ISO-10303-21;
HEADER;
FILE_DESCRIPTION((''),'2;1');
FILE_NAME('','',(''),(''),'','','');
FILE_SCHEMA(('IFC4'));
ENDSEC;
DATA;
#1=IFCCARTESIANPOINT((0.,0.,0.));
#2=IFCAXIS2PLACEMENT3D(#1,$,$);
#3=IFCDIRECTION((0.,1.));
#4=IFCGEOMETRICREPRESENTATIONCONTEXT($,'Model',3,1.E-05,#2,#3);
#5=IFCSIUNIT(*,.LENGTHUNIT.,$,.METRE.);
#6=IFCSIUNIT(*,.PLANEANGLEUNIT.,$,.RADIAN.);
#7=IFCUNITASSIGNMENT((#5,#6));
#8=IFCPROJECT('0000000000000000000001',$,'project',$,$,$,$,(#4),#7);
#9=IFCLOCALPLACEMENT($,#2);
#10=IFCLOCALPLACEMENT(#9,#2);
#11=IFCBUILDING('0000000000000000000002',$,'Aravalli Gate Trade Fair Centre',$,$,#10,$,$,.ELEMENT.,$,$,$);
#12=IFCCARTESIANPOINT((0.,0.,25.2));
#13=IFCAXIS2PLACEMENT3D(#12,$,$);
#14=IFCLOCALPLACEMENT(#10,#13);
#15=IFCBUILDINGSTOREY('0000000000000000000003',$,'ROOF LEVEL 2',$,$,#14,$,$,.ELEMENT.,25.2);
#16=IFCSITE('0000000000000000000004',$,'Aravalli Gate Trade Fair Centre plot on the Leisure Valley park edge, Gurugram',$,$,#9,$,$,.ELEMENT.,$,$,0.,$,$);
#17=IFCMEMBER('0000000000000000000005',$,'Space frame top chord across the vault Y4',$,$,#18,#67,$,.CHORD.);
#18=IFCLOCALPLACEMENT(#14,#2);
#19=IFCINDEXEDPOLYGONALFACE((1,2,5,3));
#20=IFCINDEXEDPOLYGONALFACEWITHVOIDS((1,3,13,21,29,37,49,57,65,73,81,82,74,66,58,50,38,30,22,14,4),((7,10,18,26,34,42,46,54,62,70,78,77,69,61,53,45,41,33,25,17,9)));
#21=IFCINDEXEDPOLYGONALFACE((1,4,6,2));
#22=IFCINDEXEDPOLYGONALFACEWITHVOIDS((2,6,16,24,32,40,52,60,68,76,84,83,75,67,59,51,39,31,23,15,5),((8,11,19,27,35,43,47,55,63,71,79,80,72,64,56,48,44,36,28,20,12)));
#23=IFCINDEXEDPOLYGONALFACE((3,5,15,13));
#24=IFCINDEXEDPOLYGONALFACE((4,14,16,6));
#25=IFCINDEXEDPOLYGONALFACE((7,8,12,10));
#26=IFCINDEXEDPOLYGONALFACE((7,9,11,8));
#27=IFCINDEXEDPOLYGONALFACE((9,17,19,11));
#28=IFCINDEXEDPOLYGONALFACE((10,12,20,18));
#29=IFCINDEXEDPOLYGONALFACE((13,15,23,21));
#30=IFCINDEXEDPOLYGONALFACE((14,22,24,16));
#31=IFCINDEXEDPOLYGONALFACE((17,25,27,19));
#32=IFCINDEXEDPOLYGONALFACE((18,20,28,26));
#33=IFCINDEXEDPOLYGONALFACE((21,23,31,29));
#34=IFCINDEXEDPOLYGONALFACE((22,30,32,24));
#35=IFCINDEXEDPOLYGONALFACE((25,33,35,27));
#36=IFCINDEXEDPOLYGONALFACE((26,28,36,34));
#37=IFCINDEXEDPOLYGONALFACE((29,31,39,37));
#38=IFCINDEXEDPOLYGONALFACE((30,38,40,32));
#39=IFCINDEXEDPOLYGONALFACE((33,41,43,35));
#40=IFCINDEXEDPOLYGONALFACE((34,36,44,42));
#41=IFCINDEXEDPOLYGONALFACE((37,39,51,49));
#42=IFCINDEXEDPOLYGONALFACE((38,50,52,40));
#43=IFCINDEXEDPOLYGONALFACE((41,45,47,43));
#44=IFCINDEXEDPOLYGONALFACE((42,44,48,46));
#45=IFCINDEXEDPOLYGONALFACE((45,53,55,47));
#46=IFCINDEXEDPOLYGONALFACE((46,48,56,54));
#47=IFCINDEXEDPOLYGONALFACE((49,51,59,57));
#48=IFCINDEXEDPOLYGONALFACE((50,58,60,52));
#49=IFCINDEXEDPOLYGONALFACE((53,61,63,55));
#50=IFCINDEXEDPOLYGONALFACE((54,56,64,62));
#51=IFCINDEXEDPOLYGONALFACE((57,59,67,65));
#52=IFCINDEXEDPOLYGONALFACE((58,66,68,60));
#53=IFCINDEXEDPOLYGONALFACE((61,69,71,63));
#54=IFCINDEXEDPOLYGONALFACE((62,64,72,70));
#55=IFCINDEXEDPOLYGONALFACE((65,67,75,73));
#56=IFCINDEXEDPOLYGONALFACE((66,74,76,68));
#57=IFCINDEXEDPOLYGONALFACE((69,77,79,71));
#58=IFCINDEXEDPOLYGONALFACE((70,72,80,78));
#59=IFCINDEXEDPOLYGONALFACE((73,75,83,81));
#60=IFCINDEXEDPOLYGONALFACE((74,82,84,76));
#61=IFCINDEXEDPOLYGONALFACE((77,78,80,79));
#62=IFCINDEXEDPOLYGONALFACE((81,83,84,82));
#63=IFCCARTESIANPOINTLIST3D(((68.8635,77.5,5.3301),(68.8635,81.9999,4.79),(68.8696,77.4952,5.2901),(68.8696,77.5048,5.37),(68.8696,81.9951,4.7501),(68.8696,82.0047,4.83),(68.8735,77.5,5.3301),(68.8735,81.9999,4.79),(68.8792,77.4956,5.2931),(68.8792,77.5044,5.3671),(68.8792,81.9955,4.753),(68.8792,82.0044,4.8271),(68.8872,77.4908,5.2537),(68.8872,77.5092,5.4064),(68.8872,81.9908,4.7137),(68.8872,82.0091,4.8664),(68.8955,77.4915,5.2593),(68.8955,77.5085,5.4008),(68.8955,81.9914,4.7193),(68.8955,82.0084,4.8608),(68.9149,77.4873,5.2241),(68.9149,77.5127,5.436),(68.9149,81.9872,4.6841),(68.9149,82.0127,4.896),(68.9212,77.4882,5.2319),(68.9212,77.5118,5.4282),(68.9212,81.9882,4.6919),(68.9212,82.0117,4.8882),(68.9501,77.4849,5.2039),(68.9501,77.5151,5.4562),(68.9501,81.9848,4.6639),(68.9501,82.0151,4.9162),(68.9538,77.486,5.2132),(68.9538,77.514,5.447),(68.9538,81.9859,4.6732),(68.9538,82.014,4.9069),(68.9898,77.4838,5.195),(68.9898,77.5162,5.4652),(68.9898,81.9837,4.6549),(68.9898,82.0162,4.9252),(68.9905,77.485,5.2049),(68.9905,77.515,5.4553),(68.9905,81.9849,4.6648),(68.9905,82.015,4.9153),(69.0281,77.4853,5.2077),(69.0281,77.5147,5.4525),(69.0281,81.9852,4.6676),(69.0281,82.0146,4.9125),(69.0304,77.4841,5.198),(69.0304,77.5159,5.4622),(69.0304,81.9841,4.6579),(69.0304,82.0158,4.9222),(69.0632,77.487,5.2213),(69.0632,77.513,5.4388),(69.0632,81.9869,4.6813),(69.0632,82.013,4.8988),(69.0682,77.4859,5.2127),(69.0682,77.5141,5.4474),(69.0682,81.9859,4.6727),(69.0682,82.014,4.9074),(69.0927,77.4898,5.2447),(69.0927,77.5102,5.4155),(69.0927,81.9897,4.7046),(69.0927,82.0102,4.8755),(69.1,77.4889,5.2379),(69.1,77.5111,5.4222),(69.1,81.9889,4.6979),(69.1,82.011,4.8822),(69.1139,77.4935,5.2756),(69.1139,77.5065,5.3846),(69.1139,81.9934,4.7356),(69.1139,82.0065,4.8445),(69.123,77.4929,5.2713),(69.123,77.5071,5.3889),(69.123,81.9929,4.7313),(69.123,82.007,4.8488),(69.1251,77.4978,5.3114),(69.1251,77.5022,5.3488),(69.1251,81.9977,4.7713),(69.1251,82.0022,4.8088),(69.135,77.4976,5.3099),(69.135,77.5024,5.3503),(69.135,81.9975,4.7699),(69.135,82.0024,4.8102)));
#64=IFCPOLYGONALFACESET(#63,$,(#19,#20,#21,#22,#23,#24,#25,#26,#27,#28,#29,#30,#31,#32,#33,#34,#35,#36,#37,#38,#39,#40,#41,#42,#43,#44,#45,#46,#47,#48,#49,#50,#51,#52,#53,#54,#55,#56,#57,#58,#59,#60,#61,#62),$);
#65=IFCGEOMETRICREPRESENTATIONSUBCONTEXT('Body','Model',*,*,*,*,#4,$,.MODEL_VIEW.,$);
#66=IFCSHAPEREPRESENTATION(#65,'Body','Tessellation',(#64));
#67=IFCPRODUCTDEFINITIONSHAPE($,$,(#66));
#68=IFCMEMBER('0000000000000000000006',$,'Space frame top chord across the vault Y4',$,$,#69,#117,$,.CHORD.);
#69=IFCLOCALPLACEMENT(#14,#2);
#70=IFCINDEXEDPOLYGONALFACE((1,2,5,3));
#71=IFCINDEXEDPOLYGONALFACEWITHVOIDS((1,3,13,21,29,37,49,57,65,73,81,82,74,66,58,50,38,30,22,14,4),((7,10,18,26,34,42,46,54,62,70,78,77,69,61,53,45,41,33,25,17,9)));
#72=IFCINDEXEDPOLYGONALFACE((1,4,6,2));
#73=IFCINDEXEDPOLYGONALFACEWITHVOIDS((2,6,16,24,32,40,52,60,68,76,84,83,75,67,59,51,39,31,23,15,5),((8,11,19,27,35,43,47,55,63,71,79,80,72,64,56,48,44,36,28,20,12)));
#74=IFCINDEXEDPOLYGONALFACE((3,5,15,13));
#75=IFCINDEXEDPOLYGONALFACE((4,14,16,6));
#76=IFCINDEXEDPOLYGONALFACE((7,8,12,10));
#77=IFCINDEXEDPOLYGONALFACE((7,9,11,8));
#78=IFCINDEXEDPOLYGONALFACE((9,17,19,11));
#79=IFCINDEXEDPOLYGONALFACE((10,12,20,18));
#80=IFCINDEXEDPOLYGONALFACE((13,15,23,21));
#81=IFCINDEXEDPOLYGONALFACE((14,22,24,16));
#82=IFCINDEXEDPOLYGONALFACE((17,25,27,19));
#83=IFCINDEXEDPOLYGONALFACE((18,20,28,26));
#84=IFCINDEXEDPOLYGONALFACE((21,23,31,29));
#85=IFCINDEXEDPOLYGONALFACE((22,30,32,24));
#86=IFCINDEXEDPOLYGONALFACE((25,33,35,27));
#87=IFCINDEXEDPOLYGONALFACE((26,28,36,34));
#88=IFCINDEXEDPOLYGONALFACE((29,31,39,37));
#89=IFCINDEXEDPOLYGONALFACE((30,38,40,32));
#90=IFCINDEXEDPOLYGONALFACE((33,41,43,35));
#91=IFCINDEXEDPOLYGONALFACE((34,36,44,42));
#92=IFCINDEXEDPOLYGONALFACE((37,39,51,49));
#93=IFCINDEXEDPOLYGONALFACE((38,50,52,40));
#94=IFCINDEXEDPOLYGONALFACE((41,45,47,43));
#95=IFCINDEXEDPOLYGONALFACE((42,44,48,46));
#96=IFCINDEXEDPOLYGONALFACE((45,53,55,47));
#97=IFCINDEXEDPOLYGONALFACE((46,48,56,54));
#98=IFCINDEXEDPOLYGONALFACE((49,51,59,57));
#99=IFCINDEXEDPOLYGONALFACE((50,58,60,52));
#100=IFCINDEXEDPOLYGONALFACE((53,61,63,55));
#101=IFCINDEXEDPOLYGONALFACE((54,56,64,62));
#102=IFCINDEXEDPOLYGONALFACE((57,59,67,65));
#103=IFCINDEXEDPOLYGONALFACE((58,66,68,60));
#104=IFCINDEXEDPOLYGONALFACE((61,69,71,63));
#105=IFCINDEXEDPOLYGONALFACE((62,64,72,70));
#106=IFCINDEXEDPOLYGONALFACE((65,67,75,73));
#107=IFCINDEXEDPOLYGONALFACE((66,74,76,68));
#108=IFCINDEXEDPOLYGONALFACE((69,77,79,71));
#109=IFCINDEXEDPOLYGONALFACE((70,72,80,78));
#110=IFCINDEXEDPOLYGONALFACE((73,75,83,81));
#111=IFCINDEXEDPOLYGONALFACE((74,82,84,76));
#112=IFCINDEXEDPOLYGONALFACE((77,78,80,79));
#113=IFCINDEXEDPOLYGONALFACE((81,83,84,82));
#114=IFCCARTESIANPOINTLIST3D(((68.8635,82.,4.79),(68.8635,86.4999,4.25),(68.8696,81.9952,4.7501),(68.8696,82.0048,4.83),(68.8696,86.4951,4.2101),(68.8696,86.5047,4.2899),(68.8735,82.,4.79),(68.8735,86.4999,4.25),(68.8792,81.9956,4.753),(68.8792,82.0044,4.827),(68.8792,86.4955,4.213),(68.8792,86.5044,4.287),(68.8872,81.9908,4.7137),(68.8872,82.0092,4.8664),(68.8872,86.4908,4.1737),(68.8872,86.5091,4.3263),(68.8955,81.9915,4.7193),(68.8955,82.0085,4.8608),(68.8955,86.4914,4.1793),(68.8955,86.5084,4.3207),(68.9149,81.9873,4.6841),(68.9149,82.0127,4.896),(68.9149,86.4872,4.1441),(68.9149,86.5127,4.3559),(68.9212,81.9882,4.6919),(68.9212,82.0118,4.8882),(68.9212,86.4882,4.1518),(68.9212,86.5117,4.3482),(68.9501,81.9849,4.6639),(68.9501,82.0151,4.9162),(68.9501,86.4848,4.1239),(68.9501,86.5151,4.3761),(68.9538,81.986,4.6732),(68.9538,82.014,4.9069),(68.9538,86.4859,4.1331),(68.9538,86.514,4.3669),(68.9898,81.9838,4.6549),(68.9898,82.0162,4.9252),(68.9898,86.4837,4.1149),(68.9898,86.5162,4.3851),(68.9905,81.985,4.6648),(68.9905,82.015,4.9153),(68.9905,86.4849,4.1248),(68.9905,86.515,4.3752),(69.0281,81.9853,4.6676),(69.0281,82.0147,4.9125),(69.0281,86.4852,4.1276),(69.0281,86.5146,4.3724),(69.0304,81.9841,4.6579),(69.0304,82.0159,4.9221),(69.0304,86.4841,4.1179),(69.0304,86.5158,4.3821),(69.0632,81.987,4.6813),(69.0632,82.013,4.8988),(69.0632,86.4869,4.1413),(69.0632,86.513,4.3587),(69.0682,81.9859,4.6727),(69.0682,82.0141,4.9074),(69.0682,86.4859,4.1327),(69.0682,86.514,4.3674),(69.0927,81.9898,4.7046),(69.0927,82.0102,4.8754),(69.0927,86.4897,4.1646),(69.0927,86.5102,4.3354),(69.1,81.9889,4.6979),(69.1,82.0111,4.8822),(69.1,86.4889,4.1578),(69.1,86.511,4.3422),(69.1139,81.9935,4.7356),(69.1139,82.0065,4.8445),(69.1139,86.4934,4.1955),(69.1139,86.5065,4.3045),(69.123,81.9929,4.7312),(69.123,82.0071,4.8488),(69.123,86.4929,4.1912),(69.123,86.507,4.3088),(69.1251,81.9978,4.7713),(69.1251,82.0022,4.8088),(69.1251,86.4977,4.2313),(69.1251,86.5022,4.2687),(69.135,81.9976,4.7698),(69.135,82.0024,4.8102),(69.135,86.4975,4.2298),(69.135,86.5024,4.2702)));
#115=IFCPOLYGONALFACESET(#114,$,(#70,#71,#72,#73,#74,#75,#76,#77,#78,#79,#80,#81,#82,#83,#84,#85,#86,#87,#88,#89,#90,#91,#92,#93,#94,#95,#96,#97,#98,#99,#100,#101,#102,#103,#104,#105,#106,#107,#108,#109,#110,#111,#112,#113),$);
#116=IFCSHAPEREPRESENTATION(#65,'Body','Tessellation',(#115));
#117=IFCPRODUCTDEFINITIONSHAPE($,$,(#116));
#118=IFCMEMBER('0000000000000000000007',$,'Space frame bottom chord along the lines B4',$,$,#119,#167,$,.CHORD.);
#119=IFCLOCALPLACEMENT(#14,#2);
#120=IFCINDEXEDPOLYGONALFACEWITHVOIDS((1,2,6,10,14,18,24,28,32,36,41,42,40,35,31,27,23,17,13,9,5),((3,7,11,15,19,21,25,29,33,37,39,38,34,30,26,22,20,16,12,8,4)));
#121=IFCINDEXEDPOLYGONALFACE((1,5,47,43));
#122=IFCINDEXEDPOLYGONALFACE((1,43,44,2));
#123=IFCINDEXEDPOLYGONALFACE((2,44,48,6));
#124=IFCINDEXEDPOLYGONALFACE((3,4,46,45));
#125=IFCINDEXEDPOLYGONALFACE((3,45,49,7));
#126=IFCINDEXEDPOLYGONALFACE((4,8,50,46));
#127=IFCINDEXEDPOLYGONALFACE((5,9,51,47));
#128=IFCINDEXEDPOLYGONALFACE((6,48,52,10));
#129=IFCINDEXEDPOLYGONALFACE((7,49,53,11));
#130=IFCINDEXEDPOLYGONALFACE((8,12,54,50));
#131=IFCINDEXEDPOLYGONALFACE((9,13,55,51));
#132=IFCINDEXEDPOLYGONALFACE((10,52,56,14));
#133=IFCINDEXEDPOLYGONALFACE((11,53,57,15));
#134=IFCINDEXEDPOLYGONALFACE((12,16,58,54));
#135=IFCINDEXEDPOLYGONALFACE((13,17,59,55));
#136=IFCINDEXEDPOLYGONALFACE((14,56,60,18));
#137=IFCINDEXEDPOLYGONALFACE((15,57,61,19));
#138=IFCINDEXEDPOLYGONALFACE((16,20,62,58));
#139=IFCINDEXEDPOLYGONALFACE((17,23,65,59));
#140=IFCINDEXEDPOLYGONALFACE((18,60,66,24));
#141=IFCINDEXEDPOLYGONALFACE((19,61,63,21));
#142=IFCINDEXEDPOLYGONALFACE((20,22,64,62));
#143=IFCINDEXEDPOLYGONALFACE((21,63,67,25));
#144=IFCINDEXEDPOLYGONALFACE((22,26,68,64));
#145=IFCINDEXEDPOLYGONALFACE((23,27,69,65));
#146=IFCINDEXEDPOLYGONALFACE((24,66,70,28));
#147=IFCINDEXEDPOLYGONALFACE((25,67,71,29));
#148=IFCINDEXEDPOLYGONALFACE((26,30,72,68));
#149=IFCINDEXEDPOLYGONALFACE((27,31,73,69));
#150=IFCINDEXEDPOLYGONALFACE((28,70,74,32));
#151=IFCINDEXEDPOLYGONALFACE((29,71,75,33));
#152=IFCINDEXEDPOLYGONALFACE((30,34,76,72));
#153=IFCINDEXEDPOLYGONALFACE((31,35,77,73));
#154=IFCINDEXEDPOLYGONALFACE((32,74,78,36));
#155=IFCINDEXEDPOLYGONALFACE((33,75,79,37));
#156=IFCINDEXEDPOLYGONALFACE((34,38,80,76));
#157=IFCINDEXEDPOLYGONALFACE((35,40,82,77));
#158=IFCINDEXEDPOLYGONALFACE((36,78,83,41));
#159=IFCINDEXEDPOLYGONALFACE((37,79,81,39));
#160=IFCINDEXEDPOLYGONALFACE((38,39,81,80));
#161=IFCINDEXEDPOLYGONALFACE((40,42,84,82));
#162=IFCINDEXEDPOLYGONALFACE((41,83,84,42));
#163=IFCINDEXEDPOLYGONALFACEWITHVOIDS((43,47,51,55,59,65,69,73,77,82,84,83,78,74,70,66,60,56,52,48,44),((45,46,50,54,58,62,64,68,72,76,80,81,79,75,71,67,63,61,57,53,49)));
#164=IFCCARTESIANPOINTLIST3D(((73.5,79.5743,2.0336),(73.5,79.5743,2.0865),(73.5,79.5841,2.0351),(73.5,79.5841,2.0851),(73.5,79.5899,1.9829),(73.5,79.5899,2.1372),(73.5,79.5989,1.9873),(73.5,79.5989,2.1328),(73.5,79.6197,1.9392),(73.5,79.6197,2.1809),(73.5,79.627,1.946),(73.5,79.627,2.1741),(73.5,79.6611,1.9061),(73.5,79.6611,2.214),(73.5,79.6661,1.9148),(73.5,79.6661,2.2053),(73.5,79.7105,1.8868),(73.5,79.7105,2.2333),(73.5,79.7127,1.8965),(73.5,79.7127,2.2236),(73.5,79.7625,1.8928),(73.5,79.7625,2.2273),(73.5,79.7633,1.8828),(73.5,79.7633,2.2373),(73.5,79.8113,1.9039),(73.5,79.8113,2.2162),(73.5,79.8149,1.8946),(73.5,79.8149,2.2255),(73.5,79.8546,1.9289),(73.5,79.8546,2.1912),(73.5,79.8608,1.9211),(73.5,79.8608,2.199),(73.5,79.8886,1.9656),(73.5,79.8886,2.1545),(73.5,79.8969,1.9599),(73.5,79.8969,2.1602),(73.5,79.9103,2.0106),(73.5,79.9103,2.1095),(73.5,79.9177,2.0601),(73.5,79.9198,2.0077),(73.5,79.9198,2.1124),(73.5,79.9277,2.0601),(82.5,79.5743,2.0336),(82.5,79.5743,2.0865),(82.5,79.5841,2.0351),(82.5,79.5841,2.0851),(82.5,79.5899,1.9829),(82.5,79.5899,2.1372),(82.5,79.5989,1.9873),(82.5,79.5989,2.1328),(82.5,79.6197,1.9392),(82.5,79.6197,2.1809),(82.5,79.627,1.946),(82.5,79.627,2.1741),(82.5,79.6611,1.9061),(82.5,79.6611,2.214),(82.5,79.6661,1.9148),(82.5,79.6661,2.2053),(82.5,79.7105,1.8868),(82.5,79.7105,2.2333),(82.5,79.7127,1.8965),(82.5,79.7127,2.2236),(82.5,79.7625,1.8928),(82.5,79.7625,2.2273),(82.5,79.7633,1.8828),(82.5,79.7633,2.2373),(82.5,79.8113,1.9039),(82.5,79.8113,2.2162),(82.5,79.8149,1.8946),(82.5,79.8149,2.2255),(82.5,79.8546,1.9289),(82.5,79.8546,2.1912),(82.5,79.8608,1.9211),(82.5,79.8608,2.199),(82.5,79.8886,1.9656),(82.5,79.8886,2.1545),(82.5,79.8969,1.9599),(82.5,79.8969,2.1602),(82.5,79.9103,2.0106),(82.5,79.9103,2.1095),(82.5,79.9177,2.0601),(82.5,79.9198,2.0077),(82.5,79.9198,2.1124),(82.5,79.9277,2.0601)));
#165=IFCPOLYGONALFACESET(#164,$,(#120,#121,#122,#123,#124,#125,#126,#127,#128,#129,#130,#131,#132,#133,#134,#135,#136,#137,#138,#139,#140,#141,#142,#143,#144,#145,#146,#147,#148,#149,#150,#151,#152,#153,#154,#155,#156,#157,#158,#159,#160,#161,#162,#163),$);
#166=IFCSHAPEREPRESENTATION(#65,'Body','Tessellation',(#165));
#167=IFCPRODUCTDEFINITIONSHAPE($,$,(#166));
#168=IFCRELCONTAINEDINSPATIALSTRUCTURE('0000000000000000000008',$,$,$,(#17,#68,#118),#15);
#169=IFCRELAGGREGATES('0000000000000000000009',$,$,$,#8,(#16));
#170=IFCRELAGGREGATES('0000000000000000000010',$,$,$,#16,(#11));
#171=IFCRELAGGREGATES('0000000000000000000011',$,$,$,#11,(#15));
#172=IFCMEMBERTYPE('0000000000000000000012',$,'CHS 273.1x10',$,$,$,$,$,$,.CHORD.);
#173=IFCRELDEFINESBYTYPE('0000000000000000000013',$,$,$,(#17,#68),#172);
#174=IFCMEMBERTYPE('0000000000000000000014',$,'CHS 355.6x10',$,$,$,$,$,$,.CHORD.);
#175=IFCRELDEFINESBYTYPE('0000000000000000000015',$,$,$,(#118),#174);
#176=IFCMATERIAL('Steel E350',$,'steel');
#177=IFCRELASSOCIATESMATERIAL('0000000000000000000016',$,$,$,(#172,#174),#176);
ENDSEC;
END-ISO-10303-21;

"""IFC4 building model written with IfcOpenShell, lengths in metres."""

from ifc_helpers import new_model, si_unit, direction, frame, origin, origin_2d, place, context, subcontext, project, spatial, hollow_circle, extrude, material, material_profile, profile_set, type_object, element, save


model = new_model("IFC4")

# Units and contexts
model_context = context("Model", 3, precision=1e-05, world=origin(), true_north=direction((0.0, 1.0)))
body_context = subcontext(model_context, "Body", "Model", "MODEL_VIEW")
ifc_project = project(units=[si_unit("LENGTHUNIT", "METRE"), si_unit("PLANEANGLEUNIT", "RADIAN")], contexts=[model_context])

# Site, building, storey
site_placement = place(None, origin())
site = spatial("IfcSite", under=ifc_project, at=site_placement, Name="Aravalli Gate Trade Fair Centre plot on the Leisure Valley park edge, Gurugram", CompositionType="ELEMENT", RefElevation=0.0)
building_placement = place(site_placement, origin())
building = spatial("IfcBuilding", under=site, at=building_placement, Name="Aravalli Gate Trade Fair Centre", CompositionType="ELEMENT")
storey_placement = place(building_placement, frame((0.0, 0.0, 25.2)))
storey = spatial("IfcBuildingStorey", under=building, at=storey_placement, Name="ROOF LEVEL 2", CompositionType="ELEMENT", Elevation=25.2)

# Members
ifc_material_1 = material(Name="Steel E350", Category="steel")
ifc_material_profile_1 = material_profile(ifc_material_1, hollow_circle(Radius=0.1365, WallThickness=0.01, at=origin_2d()), Name="CHS 273.1x10")
ifc_profile_set_1 = profile_set([ifc_material_profile_1], Name="Steel E350")
member_type_1 = type_object("IfcMemberType", Name="CHS 273.1x10", PredefinedType="CHORD", material=ifc_profile_set_1)
for number, where, z_axis, x_axis, name in (
    (1, (69.0, 77.5, 5.3301), (0.0, 0.992876, -0.119154), (-1.0, 0.0, 0.0), "Space frame top chord across the vault Y4"),
    (2, (69.0, 82.0, 4.79), (0.0, 0.992876, -0.119154), (-1.0, 0.0, 0.0), "Space frame top chord across the vault Y4"),
):
    element("IfcMember", number, at=place(storey_placement, frame(where, z_axis=z_axis, x_axis=x_axis)), inside=storey, type_object=member_type_1, Name=name, PredefinedType="CHORD", context=body_context, shape_type="SweptSolid", body=[
        extrude(hollow_circle(Radius=0.1365, WallThickness=0.01, at=origin_2d()), origin(), (0.0, 0.0, 1.0), 4.5322),
    ])
ifc_material_profile_2 = material_profile(ifc_material_1, hollow_circle(Radius=0.1777, WallThickness=0.01, at=origin_2d()), Name="CHS 355.6x10")
ifc_profile_set_2 = profile_set([ifc_material_profile_2], Name="Steel E350")
member_type_2 = type_object("IfcMemberType", Name="CHS 355.6x10", PredefinedType="CHORD", material=ifc_profile_set_2)
for number, where, z_axis, x_axis, name in (
    (3, (73.5, 79.75, 2.0601), (1.0, 0.0, 0.0), (0.0, 1.0, 0.0), "Space frame bottom chord along the lines B4"),
):
    element("IfcMember", number, at=place(storey_placement, frame(where, z_axis=z_axis, x_axis=x_axis)), inside=storey, type_object=member_type_2, Name=name, PredefinedType="CHORD", context=body_context, shape_type="SweptSolid", body=[
        extrude(hollow_circle(Radius=0.1777, WallThickness=0.01, at=origin_2d()), origin(), (0.0, 0.0, 1.0), 9.0),
    ])

save(model, "model.ifc")
